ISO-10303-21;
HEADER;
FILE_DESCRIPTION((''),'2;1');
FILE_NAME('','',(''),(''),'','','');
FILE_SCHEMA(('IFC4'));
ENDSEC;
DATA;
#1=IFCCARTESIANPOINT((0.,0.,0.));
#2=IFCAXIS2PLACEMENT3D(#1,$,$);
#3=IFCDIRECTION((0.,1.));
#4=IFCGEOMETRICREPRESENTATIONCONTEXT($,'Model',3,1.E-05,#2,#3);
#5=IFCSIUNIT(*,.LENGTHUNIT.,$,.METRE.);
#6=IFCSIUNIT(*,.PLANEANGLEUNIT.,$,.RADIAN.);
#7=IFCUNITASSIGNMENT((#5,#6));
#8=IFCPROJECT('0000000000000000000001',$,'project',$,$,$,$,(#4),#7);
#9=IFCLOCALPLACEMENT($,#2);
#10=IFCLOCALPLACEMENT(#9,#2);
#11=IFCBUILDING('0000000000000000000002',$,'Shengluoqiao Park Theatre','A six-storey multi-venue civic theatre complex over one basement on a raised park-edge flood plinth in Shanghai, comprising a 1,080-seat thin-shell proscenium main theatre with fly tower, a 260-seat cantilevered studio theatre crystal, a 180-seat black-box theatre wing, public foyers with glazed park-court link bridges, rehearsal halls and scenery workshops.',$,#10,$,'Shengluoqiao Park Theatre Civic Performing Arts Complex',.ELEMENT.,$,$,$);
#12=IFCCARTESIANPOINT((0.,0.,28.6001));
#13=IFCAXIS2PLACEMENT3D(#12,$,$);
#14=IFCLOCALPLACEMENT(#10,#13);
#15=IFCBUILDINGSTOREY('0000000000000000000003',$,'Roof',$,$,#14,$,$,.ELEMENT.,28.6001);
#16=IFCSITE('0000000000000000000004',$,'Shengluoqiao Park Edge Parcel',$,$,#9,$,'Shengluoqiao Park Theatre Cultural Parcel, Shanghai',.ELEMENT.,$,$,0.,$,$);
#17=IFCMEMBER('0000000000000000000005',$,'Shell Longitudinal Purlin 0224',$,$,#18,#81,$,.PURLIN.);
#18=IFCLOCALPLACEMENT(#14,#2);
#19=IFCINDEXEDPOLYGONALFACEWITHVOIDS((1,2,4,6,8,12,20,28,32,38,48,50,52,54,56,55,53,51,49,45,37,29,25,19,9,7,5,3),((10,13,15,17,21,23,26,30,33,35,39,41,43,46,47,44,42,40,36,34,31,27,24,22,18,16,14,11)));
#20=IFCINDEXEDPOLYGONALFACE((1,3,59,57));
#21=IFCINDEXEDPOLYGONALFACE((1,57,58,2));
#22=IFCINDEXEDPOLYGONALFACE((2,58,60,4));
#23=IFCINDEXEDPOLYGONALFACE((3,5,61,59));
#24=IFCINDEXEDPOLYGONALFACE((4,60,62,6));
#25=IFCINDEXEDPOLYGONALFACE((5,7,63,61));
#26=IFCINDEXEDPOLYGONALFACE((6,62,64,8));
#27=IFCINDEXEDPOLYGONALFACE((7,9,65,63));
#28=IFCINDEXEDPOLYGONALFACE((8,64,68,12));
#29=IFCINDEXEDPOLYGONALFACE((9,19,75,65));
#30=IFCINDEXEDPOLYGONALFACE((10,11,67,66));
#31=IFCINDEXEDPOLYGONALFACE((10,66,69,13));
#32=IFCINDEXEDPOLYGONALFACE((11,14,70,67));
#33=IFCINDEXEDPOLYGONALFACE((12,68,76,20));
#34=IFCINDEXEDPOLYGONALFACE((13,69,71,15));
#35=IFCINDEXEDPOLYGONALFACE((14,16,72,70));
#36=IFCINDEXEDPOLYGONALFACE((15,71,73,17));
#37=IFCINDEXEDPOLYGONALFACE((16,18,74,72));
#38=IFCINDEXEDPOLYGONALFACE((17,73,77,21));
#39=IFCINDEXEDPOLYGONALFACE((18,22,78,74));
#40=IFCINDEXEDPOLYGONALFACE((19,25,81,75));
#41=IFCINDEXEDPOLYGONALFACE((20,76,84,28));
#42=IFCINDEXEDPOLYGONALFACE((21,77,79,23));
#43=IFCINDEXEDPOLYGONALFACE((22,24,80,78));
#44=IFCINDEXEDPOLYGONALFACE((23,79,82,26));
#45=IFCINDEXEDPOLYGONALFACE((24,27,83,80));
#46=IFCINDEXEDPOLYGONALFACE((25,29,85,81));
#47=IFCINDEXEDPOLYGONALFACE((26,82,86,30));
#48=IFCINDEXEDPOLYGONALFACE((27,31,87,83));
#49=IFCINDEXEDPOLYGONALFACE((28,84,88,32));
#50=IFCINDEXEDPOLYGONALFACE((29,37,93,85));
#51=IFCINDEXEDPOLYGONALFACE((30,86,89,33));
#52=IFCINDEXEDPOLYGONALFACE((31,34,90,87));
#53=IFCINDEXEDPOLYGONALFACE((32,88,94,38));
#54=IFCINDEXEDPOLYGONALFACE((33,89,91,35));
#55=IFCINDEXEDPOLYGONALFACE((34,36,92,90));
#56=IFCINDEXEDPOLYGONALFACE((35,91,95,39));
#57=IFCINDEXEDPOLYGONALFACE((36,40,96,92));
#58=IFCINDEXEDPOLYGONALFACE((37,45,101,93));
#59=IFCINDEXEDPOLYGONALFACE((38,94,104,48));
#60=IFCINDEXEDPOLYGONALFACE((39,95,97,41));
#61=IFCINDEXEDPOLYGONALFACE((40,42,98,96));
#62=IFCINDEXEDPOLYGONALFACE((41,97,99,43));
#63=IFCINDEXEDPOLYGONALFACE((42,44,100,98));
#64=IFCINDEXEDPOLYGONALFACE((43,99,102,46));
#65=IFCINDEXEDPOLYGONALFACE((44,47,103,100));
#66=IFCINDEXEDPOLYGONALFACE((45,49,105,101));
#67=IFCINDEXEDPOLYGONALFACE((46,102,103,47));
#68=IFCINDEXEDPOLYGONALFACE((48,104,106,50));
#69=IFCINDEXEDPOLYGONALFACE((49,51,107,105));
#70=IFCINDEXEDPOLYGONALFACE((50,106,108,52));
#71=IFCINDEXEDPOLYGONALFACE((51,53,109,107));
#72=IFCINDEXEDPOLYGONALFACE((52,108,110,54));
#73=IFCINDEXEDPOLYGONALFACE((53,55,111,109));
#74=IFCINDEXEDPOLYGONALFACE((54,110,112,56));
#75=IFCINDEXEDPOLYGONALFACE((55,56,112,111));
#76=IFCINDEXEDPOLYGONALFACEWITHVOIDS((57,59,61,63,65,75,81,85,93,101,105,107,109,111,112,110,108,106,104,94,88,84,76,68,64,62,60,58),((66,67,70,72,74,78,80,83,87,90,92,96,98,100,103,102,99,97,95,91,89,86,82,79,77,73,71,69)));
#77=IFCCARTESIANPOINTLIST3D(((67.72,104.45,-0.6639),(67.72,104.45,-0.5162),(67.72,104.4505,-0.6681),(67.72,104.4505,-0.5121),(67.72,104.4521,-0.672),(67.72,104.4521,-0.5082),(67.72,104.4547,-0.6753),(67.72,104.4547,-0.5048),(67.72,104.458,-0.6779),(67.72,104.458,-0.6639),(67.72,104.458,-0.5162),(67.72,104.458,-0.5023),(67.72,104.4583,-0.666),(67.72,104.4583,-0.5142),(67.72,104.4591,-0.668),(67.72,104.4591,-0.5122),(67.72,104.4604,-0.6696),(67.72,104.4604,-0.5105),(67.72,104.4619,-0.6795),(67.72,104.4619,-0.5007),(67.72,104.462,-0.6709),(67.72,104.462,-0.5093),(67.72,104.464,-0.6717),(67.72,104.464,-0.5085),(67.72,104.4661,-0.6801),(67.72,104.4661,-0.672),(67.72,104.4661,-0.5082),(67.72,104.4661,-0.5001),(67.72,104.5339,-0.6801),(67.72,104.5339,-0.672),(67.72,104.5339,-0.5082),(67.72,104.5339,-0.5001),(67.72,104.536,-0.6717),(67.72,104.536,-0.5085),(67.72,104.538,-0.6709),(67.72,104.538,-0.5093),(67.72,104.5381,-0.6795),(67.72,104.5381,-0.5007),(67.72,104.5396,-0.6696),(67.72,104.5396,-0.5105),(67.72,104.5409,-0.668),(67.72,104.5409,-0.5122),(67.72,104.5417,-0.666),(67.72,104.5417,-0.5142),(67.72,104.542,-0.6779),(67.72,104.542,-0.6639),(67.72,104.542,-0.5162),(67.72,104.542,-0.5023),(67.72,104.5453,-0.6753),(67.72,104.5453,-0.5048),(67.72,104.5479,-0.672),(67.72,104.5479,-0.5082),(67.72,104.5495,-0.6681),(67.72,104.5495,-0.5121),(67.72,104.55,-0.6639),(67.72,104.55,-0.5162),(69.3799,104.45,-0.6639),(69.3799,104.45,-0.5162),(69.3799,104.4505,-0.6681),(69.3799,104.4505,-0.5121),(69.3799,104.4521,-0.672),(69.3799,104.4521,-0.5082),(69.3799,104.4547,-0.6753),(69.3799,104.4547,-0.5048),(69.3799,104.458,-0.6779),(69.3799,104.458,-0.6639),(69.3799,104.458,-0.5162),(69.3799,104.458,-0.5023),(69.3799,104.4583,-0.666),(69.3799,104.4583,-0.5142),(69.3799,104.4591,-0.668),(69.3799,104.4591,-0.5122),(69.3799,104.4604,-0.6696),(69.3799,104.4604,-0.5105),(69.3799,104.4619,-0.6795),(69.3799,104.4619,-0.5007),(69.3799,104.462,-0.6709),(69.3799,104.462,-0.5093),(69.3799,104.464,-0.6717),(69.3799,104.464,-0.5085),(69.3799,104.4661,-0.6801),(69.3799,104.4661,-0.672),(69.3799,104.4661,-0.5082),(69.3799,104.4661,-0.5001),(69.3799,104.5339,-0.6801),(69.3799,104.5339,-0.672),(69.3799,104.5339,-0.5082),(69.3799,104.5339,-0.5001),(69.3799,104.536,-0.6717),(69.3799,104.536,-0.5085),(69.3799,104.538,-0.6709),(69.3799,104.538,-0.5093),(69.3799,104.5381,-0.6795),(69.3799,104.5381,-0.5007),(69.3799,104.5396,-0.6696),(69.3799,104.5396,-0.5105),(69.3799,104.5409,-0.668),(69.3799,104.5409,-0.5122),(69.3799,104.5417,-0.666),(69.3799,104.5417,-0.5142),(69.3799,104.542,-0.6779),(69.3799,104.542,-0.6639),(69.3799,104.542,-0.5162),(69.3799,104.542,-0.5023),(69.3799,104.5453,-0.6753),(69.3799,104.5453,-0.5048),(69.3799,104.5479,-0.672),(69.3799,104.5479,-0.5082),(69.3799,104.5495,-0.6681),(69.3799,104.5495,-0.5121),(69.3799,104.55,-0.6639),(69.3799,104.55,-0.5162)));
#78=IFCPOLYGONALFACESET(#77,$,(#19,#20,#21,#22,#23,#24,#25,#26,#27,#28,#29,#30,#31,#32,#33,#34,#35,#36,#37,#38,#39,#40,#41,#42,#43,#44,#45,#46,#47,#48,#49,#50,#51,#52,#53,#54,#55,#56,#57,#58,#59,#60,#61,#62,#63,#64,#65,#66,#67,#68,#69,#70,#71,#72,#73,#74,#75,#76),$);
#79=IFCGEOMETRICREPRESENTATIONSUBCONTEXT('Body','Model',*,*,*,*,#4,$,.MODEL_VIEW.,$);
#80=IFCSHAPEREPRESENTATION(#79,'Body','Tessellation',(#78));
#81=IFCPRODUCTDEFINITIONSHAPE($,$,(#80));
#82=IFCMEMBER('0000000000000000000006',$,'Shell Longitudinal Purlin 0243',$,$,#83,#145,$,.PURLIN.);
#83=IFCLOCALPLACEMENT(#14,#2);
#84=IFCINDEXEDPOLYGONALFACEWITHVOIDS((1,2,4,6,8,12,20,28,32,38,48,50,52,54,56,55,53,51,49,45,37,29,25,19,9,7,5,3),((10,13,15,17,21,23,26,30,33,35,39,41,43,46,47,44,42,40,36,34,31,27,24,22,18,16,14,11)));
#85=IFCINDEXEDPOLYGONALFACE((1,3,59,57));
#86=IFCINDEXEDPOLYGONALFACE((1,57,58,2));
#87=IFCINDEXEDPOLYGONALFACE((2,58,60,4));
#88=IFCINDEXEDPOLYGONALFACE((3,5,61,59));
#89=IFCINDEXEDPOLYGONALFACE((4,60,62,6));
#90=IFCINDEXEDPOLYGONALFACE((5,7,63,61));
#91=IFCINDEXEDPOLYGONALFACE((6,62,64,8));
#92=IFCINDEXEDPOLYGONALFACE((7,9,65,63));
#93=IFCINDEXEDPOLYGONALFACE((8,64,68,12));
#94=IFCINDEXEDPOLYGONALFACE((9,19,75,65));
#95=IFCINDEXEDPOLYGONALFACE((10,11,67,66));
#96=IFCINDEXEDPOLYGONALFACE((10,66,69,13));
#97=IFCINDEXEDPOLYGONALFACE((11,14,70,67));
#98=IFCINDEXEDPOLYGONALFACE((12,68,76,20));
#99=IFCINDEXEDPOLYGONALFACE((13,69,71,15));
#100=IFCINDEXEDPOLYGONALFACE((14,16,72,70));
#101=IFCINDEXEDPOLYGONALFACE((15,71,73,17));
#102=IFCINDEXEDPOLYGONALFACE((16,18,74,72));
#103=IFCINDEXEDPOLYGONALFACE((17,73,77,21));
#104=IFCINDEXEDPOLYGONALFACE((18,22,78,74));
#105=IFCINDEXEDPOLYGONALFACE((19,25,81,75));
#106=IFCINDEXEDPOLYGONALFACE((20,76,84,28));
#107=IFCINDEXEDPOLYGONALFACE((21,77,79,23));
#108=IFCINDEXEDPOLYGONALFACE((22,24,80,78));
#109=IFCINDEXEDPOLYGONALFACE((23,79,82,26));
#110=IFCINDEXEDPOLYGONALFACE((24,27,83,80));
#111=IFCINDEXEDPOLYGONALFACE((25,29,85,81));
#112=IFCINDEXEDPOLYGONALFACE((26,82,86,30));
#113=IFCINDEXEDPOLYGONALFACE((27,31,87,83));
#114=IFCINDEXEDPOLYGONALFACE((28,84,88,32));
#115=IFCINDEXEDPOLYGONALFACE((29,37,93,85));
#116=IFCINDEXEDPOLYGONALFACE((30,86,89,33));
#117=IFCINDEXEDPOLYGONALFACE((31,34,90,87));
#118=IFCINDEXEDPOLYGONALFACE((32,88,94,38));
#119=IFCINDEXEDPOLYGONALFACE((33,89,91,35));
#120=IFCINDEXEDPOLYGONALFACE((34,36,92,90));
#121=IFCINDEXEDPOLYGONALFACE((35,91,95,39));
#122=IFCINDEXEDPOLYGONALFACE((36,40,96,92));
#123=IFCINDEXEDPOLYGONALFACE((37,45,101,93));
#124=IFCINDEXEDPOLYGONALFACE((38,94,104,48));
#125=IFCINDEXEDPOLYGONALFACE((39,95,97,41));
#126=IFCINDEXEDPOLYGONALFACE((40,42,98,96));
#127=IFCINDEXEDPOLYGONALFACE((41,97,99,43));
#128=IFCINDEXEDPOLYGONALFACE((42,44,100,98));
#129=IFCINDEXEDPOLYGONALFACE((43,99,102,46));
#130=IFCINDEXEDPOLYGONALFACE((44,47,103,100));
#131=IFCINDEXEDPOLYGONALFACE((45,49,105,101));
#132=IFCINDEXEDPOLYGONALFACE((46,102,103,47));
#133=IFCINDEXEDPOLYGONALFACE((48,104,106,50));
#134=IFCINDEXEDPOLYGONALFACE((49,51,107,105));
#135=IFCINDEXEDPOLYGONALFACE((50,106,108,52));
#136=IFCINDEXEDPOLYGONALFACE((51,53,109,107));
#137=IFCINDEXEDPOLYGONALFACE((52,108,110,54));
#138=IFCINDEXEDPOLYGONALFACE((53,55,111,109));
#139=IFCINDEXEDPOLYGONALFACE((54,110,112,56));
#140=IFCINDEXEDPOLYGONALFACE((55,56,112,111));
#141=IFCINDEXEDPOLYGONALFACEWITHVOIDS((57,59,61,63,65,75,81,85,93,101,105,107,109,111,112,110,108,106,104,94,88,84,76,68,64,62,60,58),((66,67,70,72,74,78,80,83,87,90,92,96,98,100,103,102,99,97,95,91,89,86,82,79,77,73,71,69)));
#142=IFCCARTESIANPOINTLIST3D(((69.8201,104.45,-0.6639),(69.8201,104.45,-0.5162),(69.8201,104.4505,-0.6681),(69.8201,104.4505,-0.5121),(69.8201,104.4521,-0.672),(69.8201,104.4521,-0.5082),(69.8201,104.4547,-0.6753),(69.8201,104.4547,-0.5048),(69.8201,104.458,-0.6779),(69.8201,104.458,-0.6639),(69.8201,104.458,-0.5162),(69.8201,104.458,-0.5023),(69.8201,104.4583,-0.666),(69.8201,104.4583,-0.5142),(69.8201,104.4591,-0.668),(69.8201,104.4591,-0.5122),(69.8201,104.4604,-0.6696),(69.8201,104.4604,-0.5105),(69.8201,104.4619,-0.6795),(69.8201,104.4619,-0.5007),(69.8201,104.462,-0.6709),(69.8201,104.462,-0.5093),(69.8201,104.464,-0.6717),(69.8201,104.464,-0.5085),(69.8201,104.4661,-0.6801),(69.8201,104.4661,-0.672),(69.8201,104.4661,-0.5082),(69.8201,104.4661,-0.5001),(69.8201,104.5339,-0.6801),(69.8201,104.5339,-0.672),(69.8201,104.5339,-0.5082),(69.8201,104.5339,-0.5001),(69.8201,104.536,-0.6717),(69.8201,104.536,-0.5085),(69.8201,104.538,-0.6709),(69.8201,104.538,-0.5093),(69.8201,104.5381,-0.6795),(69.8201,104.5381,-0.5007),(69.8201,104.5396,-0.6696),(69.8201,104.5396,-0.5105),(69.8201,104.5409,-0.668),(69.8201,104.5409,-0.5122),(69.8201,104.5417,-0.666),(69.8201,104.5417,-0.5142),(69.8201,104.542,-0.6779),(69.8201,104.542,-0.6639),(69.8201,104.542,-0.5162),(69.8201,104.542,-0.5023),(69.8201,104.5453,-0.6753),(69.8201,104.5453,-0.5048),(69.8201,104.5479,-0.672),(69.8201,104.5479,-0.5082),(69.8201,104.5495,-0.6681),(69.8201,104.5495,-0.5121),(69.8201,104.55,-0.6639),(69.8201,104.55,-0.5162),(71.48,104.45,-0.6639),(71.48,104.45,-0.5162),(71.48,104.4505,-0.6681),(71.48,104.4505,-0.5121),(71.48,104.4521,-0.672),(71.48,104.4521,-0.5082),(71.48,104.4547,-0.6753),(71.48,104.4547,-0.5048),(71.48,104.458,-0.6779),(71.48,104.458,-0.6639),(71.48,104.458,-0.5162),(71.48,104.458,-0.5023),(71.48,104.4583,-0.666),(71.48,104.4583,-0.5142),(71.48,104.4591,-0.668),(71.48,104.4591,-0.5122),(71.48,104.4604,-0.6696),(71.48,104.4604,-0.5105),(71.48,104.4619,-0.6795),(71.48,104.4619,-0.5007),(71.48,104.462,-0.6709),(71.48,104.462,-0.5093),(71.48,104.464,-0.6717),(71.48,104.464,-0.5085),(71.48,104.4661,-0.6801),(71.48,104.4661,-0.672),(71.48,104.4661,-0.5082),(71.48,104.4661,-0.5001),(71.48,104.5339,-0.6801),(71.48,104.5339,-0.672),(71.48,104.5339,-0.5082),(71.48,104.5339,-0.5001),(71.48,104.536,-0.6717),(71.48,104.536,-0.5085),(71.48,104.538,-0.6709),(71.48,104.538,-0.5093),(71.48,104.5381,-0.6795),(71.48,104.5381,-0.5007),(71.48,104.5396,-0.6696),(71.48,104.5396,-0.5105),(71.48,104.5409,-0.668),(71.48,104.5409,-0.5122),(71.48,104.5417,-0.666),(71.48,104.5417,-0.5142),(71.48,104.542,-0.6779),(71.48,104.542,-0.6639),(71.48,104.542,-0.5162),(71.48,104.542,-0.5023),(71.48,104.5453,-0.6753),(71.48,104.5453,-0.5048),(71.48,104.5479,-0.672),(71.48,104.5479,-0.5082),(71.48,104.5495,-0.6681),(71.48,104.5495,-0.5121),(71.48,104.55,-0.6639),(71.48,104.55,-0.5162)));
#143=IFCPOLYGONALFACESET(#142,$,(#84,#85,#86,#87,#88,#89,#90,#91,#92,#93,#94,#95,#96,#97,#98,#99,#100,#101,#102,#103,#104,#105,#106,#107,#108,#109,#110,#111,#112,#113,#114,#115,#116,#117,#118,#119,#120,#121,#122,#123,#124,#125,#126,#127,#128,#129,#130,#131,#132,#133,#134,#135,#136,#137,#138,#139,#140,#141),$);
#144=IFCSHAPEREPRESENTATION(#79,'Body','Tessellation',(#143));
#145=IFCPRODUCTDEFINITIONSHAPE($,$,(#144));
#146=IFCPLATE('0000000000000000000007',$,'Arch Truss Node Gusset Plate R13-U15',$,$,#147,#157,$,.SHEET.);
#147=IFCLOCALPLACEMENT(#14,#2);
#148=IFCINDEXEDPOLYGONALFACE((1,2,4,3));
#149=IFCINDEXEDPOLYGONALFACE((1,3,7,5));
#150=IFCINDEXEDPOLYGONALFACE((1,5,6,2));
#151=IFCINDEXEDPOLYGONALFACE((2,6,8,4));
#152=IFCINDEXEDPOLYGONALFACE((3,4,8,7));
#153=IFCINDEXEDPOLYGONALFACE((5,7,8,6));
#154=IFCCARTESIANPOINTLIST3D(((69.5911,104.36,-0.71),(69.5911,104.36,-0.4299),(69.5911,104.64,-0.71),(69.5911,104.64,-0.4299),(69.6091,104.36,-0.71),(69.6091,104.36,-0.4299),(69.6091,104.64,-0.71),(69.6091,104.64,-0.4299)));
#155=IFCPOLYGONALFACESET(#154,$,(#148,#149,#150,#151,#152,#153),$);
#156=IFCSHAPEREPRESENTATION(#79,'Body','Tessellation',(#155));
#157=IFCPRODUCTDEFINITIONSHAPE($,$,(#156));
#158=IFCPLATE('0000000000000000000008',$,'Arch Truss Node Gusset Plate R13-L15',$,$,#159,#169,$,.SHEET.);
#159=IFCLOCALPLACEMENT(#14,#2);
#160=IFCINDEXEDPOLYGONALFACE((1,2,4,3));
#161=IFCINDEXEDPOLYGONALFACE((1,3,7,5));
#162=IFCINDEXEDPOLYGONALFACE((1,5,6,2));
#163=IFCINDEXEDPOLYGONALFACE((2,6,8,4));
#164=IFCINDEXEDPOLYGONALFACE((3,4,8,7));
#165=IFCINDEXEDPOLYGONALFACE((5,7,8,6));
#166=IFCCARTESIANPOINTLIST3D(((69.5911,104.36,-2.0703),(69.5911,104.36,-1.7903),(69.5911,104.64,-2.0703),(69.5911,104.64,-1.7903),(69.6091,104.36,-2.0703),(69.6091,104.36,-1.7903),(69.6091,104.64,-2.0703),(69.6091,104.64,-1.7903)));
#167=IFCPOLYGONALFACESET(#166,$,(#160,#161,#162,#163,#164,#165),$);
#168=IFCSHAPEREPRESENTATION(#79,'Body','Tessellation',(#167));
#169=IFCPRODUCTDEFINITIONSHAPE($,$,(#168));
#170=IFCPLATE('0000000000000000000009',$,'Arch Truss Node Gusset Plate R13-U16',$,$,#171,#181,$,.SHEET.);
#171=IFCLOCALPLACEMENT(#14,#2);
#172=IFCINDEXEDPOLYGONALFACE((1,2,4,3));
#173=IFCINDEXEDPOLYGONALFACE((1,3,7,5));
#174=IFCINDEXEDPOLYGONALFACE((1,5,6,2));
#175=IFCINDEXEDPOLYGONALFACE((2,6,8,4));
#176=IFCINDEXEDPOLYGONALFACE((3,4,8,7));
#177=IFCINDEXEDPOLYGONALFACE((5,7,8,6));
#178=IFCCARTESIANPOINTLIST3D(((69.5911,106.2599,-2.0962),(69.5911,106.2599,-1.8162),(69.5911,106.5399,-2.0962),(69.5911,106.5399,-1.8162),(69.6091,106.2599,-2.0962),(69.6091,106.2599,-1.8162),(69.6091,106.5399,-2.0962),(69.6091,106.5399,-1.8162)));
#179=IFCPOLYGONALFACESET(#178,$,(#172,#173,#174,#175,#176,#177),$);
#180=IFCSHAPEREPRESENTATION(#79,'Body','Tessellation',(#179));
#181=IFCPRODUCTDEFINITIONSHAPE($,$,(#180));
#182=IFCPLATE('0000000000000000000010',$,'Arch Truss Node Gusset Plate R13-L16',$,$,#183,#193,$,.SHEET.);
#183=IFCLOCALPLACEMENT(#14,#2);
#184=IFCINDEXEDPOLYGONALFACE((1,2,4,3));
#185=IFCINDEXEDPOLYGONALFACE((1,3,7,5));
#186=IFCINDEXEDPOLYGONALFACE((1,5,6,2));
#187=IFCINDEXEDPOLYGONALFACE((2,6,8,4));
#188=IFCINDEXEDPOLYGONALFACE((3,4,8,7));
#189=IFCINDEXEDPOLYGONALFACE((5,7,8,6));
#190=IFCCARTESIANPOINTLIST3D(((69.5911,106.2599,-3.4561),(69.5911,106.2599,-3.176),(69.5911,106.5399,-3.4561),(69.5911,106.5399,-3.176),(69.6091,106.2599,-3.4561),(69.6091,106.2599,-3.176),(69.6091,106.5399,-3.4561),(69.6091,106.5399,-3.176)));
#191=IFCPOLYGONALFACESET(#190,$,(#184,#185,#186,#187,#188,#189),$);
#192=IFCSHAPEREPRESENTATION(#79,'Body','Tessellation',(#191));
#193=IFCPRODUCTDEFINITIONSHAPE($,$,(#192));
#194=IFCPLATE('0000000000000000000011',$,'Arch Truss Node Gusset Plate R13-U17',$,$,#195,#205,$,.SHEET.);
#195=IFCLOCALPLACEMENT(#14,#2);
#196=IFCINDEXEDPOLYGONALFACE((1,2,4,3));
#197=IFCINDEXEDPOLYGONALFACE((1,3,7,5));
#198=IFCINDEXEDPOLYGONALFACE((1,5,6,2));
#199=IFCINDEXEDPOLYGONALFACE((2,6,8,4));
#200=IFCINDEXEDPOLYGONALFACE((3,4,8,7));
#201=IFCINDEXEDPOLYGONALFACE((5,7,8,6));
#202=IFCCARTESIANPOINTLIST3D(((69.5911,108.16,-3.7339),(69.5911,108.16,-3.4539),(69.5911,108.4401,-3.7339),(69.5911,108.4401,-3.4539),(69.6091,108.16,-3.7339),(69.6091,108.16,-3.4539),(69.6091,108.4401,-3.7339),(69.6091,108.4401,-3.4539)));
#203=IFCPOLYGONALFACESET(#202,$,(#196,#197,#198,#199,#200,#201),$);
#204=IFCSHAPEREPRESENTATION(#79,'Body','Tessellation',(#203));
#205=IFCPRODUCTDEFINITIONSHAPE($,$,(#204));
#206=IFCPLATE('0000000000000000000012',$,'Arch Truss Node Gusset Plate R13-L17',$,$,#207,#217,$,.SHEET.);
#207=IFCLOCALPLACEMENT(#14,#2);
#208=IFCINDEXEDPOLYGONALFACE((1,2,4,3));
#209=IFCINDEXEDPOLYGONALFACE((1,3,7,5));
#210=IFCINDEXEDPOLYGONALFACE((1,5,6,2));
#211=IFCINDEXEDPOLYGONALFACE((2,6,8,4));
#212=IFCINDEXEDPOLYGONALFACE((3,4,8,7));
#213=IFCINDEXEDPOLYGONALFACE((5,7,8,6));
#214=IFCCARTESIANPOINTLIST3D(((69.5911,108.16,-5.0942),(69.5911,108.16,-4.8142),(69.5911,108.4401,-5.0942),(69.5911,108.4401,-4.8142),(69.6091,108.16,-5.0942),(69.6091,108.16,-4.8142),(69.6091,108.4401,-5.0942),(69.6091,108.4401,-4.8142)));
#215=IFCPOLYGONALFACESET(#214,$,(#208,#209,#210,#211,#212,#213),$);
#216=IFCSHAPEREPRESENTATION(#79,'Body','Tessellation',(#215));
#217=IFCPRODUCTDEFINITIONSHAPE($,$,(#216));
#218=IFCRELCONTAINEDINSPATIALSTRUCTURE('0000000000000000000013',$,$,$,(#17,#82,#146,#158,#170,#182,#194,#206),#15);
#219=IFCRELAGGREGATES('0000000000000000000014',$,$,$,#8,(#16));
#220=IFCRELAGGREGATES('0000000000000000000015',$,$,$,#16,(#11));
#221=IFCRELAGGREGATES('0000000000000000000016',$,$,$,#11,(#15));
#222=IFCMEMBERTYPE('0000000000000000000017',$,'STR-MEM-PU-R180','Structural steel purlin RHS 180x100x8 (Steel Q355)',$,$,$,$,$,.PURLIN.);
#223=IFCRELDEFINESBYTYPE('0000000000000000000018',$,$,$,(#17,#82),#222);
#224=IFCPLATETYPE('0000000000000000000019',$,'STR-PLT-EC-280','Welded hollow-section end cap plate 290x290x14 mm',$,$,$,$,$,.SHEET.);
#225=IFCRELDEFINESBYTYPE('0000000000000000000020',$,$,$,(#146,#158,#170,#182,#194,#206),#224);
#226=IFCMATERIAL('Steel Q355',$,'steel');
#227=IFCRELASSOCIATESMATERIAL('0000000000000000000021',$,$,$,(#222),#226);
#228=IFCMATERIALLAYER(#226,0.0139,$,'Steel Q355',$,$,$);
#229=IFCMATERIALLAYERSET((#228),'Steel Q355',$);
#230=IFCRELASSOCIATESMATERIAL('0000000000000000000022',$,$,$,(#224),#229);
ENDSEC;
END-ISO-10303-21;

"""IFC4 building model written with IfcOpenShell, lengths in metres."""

from ifc_helpers import new_model, si_unit, direction, frame, origin, origin_2d, place, context, subcontext, project, spatial, rectangle, hollow_rectangle, extrude, material, layer, layer_set, material_profile, profile_set, type_object, element, save


model = new_model("IFC4")

# Units and contexts
model_context = context("Model", 3, precision=1e-05, world=origin(), true_north=direction((0.0, 1.0)))
body_context = subcontext(model_context, "Body", "Model", "MODEL_VIEW")
ifc_project = project(units=[si_unit("LENGTHUNIT", "METRE"), si_unit("PLANEANGLEUNIT", "RADIAN")], contexts=[model_context])

# Site, building, storey
site_placement = place(None, origin())
site = spatial("IfcSite", under=ifc_project, at=site_placement, Name="Shengluoqiao Park Edge Parcel", LongName="Shengluoqiao Park Theatre Cultural Parcel, Shanghai", CompositionType="ELEMENT", RefElevation=0.0)
building_placement = place(site_placement, origin())
building = spatial("IfcBuilding", under=site, at=building_placement, Name="Shengluoqiao Park Theatre", Description="A six-storey multi-venue civic theatre complex over one basement on a raised park-edge flood plinth in Shanghai, comprising a 1,080-seat thin-shell proscenium main theatre with fly tower, a 260-seat cantilevered studio theatre crystal, a 180-seat black-box theatre wing, public foyers with glazed park-court link bridges, rehearsal halls and scenery workshops.", LongName="Shengluoqiao Park Theatre Civic Performing Arts Complex", CompositionType="ELEMENT")
storey_placement = place(building_placement, frame((0.0, 0.0, 28.6001)))
storey = spatial("IfcBuildingStorey", under=building, at=storey_placement, Name="Roof", CompositionType="ELEMENT", Elevation=28.6001)

# Shared definitions
ifc_material_1 = material(Name="Steel Q355", Category="steel")

# Members
ifc_material_profile_1 = material_profile(ifc_material_1, hollow_rectangle(XDim=0.1001, YDim=0.1799, WallThickness=0.0081, InnerFilletRadius=0.0081, OuterFilletRadius=0.0161, at=origin_2d()), Name="RHS 180x100x8")
ifc_profile_set_1 = profile_set([ifc_material_profile_1], Name="Steel Q355")
member_type_1 = type_object("IfcMemberType", Name="STR-MEM-PU-R180", Description="Structural steel purlin RHS 180x100x8 (Steel Q355)", PredefinedType="PURLIN", material=ifc_profile_set_1)
for number, where, z_axis, x_axis, name in (
    (1, (67.72, 104.5, -0.5901), (1.0, 0.0, 0.0), (0.0, 1.0, 0.0), "Shell Longitudinal Purlin 0224"),
    (2, (69.8201, 104.5, -0.5901), (1.0, 0.0, 0.0), (0.0, 1.0, 0.0), "Shell Longitudinal Purlin 0243"),
):
    element("IfcMember", number, at=place(storey_placement, frame(where, z_axis=z_axis, x_axis=x_axis)), inside=storey, type_object=member_type_1, Name=name, PredefinedType="PURLIN", context=body_context, shape_type="SweptSolid", body=[
        extrude(hollow_rectangle(XDim=0.1001, YDim=0.1799, WallThickness=0.0081, InnerFilletRadius=0.0081, OuterFilletRadius=0.0161, at=origin_2d()), origin(), (0.0, 0.0, 1.0), 1.6599),
    ])

# Plates
ifc_layer_1 = layer(ifc_material_1, 0.0139, Name="Steel Q355")
ifc_layer_set_1 = layer_set([ifc_layer_1], Name="Steel Q355")
plate_type_1 = type_object("IfcPlateType", Name="STR-PLT-EC-280", Description="Welded hollow-section end cap plate 290x290x14 mm", PredefinedType="SHEET", material=ifc_layer_set_1)
for number, where, z_axis, x_axis, name in (
    (3, (69.6001, 104.5, -0.71), (0.0, 0.0, 1.0), (1.0, 0.0, 0.0), "Arch Truss Node Gusset Plate R13-U15"),
    (4, (69.6001, 104.5, -2.0703), (0.0, 0.0, 1.0), (1.0, 0.0, 0.0), "Arch Truss Node Gusset Plate R13-L15"),
    (5, (69.6001, 106.3999, -2.0962), (0.0, 0.0, 1.0), (1.0, 0.0, 0.0), "Arch Truss Node Gusset Plate R13-U16"),
    (6, (69.6001, 106.3999, -3.4561), (0.0, 0.0, 1.0), (1.0, 0.0, 0.0), "Arch Truss Node Gusset Plate R13-L16"),
    (7, (69.6001, 108.3, -3.7339), (0.0, 0.0, 1.0), (1.0, 0.0, 0.0), "Arch Truss Node Gusset Plate R13-U17"),
    (8, (69.6001, 108.3, -5.0942), (0.0, 0.0, 1.0), (1.0, 0.0, 0.0), "Arch Truss Node Gusset Plate R13-L17"),
):
    element("IfcPlate", number, at=place(storey_placement, frame(where, z_axis=z_axis, x_axis=x_axis)), inside=storey, type_object=plate_type_1, Name=name, PredefinedType="SHEET", context=body_context, shape_type="SweptSolid", body=[
        extrude(rectangle(XDim=0.0181, YDim=0.28, at=origin_2d()), origin(), (0.0, 0.0, 1.0), 0.28),
    ])

save(model, "model.ifc")
